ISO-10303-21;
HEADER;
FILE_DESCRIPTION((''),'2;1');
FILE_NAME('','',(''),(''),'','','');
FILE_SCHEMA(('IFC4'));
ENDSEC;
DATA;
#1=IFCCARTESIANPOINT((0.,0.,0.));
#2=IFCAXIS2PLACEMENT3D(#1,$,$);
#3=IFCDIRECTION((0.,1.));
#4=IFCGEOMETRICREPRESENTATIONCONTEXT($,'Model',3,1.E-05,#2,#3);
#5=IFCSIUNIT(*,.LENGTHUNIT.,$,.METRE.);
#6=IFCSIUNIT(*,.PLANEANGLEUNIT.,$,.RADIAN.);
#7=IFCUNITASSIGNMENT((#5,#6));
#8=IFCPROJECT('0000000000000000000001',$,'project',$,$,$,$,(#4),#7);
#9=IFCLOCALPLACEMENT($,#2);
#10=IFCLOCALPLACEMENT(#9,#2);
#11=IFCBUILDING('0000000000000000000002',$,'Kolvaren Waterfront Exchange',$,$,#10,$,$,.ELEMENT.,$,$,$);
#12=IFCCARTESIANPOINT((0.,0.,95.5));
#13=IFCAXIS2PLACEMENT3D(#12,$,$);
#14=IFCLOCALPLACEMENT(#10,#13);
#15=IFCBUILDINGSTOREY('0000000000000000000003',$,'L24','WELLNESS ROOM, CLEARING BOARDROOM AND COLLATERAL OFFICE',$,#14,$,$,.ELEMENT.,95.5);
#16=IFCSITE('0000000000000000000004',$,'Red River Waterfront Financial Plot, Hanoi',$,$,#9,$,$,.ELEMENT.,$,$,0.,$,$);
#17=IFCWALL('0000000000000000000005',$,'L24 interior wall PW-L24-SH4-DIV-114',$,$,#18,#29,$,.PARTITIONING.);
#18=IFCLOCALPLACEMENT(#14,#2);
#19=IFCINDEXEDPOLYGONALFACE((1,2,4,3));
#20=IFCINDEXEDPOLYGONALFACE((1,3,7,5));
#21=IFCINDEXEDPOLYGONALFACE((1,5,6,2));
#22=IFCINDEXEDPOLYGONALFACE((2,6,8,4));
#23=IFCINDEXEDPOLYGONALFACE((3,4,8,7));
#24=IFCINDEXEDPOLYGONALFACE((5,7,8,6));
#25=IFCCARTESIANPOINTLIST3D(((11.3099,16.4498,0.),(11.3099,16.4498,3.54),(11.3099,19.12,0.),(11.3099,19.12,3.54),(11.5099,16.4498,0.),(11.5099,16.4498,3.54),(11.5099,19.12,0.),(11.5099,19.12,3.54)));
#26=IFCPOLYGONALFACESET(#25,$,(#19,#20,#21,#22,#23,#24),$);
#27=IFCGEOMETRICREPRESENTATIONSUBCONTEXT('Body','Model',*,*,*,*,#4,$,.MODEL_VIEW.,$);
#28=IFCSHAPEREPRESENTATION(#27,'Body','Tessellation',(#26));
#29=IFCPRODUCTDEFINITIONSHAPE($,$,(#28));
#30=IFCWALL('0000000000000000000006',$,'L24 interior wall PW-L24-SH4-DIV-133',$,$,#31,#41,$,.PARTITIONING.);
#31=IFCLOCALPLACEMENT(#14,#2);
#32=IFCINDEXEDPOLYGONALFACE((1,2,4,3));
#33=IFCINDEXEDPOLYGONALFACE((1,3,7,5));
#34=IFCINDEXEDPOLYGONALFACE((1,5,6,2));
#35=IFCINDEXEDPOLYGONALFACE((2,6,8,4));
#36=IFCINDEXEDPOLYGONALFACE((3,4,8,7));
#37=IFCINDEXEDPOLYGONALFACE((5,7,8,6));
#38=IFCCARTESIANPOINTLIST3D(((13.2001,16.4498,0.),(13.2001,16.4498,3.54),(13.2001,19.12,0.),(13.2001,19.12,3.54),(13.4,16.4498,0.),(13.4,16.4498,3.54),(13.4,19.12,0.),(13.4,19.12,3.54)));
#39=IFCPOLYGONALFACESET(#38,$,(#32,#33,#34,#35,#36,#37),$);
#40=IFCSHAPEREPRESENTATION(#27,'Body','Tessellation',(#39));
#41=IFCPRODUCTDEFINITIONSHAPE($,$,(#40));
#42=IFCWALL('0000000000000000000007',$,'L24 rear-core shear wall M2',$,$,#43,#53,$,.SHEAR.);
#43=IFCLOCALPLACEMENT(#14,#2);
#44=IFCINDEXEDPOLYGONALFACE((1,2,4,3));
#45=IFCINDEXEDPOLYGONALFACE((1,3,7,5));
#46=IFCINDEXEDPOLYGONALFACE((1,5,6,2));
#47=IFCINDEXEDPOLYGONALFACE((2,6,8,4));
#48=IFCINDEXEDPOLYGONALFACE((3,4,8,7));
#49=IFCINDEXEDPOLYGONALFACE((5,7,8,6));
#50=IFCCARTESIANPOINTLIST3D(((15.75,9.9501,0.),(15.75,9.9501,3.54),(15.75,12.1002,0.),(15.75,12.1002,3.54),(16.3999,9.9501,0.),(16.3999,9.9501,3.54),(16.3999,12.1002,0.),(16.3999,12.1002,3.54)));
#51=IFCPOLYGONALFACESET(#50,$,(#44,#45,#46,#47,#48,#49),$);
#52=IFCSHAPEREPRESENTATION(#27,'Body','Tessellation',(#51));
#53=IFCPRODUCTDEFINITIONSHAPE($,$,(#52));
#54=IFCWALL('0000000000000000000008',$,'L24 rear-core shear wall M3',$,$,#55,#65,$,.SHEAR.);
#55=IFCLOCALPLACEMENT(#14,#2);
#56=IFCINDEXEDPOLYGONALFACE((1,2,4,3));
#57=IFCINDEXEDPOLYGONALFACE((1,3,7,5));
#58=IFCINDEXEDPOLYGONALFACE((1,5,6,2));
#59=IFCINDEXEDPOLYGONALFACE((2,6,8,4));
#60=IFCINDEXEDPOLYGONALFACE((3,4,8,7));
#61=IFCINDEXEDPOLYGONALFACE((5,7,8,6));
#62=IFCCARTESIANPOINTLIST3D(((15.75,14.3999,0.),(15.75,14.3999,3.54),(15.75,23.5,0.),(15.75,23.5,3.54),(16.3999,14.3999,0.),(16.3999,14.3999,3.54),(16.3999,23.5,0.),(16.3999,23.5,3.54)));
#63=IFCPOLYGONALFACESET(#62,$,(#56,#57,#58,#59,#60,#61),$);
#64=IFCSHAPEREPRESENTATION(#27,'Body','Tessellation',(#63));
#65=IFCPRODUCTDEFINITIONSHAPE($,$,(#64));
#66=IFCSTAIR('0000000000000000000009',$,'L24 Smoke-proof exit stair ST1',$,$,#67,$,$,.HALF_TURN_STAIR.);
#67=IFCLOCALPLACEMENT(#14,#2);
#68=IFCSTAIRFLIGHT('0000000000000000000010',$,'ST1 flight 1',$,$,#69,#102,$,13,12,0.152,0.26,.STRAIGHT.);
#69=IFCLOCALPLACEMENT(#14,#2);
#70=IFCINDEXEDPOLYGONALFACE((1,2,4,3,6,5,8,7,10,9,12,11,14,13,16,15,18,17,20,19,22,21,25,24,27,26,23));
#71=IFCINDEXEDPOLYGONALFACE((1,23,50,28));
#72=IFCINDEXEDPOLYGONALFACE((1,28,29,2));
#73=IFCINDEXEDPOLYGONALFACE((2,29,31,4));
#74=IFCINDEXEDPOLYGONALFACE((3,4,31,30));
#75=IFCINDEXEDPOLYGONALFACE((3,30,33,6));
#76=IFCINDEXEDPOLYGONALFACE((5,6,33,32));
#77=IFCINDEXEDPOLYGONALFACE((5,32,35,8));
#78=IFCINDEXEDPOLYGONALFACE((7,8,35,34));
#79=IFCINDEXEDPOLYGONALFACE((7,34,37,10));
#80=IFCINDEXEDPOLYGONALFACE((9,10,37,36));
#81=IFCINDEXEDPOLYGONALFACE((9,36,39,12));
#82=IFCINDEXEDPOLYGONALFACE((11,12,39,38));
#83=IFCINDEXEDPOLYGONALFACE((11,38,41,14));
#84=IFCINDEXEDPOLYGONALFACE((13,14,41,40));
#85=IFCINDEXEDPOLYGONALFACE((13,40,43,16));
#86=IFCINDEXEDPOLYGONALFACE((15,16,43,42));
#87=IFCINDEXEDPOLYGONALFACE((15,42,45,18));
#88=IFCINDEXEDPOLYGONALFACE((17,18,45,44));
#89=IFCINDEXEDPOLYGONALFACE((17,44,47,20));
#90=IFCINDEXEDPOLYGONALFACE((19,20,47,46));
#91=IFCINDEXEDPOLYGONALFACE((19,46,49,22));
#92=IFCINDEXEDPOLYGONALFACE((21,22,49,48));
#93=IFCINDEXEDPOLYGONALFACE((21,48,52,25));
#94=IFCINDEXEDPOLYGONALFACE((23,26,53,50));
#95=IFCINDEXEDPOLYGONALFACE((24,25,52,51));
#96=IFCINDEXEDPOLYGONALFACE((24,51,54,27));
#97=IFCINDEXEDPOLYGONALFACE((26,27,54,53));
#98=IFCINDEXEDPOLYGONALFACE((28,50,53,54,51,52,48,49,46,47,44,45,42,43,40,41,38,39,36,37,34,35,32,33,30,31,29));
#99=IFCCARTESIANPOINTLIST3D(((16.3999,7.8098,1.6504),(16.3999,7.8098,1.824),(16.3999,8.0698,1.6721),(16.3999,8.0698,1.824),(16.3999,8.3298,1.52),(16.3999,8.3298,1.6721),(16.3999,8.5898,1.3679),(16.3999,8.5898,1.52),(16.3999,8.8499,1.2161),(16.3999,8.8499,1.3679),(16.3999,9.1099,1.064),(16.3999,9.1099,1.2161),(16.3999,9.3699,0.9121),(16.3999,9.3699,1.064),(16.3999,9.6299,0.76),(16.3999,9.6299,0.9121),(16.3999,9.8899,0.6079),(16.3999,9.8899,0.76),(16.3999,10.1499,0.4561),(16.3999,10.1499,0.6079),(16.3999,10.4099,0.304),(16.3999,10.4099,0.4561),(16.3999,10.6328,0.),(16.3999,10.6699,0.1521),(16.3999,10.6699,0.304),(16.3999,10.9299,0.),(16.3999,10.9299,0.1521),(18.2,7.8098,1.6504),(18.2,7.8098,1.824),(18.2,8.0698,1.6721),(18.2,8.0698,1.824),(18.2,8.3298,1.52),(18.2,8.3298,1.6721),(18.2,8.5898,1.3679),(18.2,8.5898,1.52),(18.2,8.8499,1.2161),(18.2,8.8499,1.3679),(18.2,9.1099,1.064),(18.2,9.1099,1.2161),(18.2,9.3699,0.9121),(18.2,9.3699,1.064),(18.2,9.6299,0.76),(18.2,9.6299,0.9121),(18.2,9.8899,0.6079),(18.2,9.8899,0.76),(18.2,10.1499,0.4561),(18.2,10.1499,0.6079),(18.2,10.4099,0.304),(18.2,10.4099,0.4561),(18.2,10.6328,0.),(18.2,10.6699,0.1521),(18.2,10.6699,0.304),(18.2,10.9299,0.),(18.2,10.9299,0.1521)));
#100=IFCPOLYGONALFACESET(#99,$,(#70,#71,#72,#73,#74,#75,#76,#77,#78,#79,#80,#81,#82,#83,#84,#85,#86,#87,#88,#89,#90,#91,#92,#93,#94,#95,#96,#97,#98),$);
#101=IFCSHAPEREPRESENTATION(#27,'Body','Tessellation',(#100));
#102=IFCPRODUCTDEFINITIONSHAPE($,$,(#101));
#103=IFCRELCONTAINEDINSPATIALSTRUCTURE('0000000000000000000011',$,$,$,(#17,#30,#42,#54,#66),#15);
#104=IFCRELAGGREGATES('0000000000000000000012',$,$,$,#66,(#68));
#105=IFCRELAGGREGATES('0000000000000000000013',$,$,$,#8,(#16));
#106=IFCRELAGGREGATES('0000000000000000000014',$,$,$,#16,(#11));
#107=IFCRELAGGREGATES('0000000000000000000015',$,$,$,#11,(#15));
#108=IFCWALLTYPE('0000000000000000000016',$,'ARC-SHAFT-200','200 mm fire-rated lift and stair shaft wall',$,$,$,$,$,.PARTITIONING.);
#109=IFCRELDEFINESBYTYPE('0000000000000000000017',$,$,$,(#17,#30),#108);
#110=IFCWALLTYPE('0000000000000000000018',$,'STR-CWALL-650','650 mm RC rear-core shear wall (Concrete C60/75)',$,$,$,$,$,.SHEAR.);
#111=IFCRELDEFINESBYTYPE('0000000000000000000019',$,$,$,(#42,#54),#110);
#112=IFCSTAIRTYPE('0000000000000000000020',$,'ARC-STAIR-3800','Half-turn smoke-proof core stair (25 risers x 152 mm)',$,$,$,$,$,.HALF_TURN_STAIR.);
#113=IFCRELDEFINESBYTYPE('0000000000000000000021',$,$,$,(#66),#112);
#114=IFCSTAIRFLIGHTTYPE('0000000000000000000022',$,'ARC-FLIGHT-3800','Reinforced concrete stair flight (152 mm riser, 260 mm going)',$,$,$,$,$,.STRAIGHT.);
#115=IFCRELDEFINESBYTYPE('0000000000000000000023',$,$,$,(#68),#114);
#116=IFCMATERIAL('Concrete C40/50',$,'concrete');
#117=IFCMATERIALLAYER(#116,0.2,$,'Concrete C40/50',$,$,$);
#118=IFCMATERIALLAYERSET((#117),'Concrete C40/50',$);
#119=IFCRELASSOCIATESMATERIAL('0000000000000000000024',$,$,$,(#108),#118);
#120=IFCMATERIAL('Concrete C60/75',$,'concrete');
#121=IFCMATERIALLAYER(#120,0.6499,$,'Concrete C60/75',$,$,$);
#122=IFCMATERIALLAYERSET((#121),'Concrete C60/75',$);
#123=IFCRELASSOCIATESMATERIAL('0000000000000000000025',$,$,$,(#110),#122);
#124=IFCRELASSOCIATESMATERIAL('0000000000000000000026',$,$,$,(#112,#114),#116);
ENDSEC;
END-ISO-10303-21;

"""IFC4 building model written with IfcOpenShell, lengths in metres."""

from ifc_helpers import new_model, si_unit, direction, frame, frame_2d, origin, place, context, subcontext, project, spatial, polyline, rectangle, outline, extrude, material, layer, layer_set, type_object, element, aggregate, save


model = new_model("IFC4")

# Units and contexts
model_context = context("Model", 3, precision=1e-05, world=origin(), true_north=direction((0.0, 1.0)))
body_context = subcontext(model_context, "Body", "Model", "MODEL_VIEW")
ifc_project = project(units=[si_unit("LENGTHUNIT", "METRE"), si_unit("PLANEANGLEUNIT", "RADIAN")], contexts=[model_context])

# Site, building, storey
site_placement = place(None, origin())
site = spatial("IfcSite", under=ifc_project, at=site_placement, Name="Red River Waterfront Financial Plot, Hanoi", CompositionType="ELEMENT", RefElevation=0.0)
building_placement = place(site_placement, origin())
building = spatial("IfcBuilding", under=site, at=building_placement, Name="Kolvaren Waterfront Exchange", CompositionType="ELEMENT")
storey_placement = place(building_placement, frame((0.0, 0.0, 95.5)))
storey = spatial("IfcBuildingStorey", under=building, at=storey_placement, Name="L24", Description="WELLNESS ROOM, CLEARING BOARDROOM AND COLLATERAL OFFICE", CompositionType="ELEMENT", Elevation=95.5)

# Shared definitions
ifc_material_1 = material(Name="Concrete C60/75", Category="concrete")

# Walls
ifc_material_2 = material(Name="Concrete C40/50", Category="concrete")
ifc_layer_1 = layer(ifc_material_2, 0.2, Name="Concrete C40/50")
ifc_layer_set_1 = layer_set([ifc_layer_1], Name="Concrete C40/50")
wall_type_1 = type_object("IfcWallType", Name="ARC-SHAFT-200", Description="200 mm fire-rated lift and stair shaft wall", PredefinedType="PARTITIONING", material=ifc_layer_set_1)
for number, where, z_axis, x_axis, name in (
    (1, (11.4099, 16.45, 0.0), (0.0, 0.0, 1.0), (0.0, 1.0, 0.0), "L24 interior wall PW-L24-SH4-DIV-114"),
    (2, (13.3, 16.45, 0.0), (0.0, 0.0, 1.0), (0.0, 1.0, 0.0), "L24 interior wall PW-L24-SH4-DIV-133"),
):
    element("IfcWall", number, at=place(storey_placement, frame(where, z_axis=z_axis, x_axis=x_axis)), inside=storey, type_object=wall_type_1, Name=name, PredefinedType="PARTITIONING", context=body_context, shape_type="SweptSolid", body=[
        extrude(rectangle(XDim=2.6702, YDim=0.2, at=frame_2d((1.335, 0.0))), origin(), (0.0, 0.0, 1.0), 3.54),
    ])
ifc_layer_2 = layer(ifc_material_1, 0.6499, Name="Concrete C60/75")
ifc_layer_set_2 = layer_set([ifc_layer_2], Name="Concrete C60/75")
wall_type_2 = type_object("IfcWallType", Name="STR-CWALL-650", Description="650 mm RC rear-core shear wall (Concrete C60/75)", PredefinedType="SHEAR", material=ifc_layer_set_2)
wall_1_placement = place(storey_placement, frame((16.075, 9.95, 0.0), z_axis=(0.0, 0.0, 1.0), x_axis=(0.0, 1.0, 0.0)))
element("IfcWall", 3, at=wall_1_placement, inside=storey, type_object=wall_type_2, Name="L24 rear-core shear wall M2", PredefinedType="SHEAR", context=body_context, shape_type="SweptSolid", body=[
    extrude(rectangle(XDim=2.1501, YDim=0.6499, at=frame_2d((1.0752, 0.0))), origin(), (0.0, 0.0, 1.0), 3.54),
])
wall_2_placement = place(storey_placement, frame((16.075, 14.3999, 0.0), z_axis=(0.0, 0.0, 1.0), x_axis=(0.0, 1.0, 0.0)))
element("IfcWall", 4, at=wall_2_placement, inside=storey, type_object=wall_type_2, Name="L24 rear-core shear wall M3", PredefinedType="SHEAR", context=body_context, shape_type="SweptSolid", body=[
    extrude(rectangle(XDim=9.1001, YDim=0.6499, at=frame_2d((4.55, 0.0))), origin(), (0.0, 0.0, 1.0), 3.54),
])

# Stair, stair flight
stair_type = type_object("IfcStairType", Name="ARC-STAIR-3800", Description="Half-turn smoke-proof core stair (25 risers x 152 mm)", PredefinedType="HALF_TURN_STAIR", material=ifc_material_2)
stair_placement = place(storey_placement, origin())
stair = element("IfcStair", 5, at=stair_placement, inside=storey, type_object=stair_type, Name="L24 Smoke-proof exit stair ST1", PredefinedType="HALF_TURN_STAIR")
stair_flight_type = type_object("IfcStairFlightType", Name="ARC-FLIGHT-3800", Description="Reinforced concrete stair flight (152 mm riser, 260 mm going)", PredefinedType="STRAIGHT", material=ifc_material_2)
stair_flight_placement = place(storey_placement, frame((17.3, 10.9299, 0.0), z_axis=(0.0, 0.0, 1.0), x_axis=(0.0, -1.0, 0.0)))
stair_flight = element("IfcStairFlight", 6, at=stair_flight_placement, type_object=stair_flight_type, Name="ST1 flight 1", NumberOfRisers=13, NumberOfTreads=12, PredefinedType="STRAIGHT", RiserHeight=0.152, TreadLength=0.26, context=body_context, shape_type="SweptSolid", body=[
    extrude(outline(polyline([(0.0, 0.0), (0.0, 0.1521), (0.26, 0.1521), (0.26, 0.304), (0.52, 0.304), (0.52, 0.4561), (0.78, 0.4561), (0.78, 0.6079), (1.04, 0.6079), (1.04, 0.76), (1.3, 0.76), (1.3, 0.9121), (1.5601, 0.9121), (1.5601, 1.064), (1.8201, 1.064), (1.8201, 1.2161), (2.0801, 1.2161), (2.0801, 1.3679), (2.3401, 1.3679), (2.3401, 1.52), (2.6001, 1.52), (2.6001, 1.6721), (2.8601, 1.6721), (2.8601, 1.824), (3.1201, 1.824), (3.1201, 1.9761), (3.1201, 1.6504), (0.2971, 0.0), (0.0, 0.0)])), frame((0.0, 0.8999, 0.0), z_axis=(0.0, -1.0, 0.0), x_axis=(1.0, 0.0, 0.0)), (0.0, 0.0, 1.0), 1.8),
])
aggregate(stair, [stair_flight])

save(model, "model.ifc")
